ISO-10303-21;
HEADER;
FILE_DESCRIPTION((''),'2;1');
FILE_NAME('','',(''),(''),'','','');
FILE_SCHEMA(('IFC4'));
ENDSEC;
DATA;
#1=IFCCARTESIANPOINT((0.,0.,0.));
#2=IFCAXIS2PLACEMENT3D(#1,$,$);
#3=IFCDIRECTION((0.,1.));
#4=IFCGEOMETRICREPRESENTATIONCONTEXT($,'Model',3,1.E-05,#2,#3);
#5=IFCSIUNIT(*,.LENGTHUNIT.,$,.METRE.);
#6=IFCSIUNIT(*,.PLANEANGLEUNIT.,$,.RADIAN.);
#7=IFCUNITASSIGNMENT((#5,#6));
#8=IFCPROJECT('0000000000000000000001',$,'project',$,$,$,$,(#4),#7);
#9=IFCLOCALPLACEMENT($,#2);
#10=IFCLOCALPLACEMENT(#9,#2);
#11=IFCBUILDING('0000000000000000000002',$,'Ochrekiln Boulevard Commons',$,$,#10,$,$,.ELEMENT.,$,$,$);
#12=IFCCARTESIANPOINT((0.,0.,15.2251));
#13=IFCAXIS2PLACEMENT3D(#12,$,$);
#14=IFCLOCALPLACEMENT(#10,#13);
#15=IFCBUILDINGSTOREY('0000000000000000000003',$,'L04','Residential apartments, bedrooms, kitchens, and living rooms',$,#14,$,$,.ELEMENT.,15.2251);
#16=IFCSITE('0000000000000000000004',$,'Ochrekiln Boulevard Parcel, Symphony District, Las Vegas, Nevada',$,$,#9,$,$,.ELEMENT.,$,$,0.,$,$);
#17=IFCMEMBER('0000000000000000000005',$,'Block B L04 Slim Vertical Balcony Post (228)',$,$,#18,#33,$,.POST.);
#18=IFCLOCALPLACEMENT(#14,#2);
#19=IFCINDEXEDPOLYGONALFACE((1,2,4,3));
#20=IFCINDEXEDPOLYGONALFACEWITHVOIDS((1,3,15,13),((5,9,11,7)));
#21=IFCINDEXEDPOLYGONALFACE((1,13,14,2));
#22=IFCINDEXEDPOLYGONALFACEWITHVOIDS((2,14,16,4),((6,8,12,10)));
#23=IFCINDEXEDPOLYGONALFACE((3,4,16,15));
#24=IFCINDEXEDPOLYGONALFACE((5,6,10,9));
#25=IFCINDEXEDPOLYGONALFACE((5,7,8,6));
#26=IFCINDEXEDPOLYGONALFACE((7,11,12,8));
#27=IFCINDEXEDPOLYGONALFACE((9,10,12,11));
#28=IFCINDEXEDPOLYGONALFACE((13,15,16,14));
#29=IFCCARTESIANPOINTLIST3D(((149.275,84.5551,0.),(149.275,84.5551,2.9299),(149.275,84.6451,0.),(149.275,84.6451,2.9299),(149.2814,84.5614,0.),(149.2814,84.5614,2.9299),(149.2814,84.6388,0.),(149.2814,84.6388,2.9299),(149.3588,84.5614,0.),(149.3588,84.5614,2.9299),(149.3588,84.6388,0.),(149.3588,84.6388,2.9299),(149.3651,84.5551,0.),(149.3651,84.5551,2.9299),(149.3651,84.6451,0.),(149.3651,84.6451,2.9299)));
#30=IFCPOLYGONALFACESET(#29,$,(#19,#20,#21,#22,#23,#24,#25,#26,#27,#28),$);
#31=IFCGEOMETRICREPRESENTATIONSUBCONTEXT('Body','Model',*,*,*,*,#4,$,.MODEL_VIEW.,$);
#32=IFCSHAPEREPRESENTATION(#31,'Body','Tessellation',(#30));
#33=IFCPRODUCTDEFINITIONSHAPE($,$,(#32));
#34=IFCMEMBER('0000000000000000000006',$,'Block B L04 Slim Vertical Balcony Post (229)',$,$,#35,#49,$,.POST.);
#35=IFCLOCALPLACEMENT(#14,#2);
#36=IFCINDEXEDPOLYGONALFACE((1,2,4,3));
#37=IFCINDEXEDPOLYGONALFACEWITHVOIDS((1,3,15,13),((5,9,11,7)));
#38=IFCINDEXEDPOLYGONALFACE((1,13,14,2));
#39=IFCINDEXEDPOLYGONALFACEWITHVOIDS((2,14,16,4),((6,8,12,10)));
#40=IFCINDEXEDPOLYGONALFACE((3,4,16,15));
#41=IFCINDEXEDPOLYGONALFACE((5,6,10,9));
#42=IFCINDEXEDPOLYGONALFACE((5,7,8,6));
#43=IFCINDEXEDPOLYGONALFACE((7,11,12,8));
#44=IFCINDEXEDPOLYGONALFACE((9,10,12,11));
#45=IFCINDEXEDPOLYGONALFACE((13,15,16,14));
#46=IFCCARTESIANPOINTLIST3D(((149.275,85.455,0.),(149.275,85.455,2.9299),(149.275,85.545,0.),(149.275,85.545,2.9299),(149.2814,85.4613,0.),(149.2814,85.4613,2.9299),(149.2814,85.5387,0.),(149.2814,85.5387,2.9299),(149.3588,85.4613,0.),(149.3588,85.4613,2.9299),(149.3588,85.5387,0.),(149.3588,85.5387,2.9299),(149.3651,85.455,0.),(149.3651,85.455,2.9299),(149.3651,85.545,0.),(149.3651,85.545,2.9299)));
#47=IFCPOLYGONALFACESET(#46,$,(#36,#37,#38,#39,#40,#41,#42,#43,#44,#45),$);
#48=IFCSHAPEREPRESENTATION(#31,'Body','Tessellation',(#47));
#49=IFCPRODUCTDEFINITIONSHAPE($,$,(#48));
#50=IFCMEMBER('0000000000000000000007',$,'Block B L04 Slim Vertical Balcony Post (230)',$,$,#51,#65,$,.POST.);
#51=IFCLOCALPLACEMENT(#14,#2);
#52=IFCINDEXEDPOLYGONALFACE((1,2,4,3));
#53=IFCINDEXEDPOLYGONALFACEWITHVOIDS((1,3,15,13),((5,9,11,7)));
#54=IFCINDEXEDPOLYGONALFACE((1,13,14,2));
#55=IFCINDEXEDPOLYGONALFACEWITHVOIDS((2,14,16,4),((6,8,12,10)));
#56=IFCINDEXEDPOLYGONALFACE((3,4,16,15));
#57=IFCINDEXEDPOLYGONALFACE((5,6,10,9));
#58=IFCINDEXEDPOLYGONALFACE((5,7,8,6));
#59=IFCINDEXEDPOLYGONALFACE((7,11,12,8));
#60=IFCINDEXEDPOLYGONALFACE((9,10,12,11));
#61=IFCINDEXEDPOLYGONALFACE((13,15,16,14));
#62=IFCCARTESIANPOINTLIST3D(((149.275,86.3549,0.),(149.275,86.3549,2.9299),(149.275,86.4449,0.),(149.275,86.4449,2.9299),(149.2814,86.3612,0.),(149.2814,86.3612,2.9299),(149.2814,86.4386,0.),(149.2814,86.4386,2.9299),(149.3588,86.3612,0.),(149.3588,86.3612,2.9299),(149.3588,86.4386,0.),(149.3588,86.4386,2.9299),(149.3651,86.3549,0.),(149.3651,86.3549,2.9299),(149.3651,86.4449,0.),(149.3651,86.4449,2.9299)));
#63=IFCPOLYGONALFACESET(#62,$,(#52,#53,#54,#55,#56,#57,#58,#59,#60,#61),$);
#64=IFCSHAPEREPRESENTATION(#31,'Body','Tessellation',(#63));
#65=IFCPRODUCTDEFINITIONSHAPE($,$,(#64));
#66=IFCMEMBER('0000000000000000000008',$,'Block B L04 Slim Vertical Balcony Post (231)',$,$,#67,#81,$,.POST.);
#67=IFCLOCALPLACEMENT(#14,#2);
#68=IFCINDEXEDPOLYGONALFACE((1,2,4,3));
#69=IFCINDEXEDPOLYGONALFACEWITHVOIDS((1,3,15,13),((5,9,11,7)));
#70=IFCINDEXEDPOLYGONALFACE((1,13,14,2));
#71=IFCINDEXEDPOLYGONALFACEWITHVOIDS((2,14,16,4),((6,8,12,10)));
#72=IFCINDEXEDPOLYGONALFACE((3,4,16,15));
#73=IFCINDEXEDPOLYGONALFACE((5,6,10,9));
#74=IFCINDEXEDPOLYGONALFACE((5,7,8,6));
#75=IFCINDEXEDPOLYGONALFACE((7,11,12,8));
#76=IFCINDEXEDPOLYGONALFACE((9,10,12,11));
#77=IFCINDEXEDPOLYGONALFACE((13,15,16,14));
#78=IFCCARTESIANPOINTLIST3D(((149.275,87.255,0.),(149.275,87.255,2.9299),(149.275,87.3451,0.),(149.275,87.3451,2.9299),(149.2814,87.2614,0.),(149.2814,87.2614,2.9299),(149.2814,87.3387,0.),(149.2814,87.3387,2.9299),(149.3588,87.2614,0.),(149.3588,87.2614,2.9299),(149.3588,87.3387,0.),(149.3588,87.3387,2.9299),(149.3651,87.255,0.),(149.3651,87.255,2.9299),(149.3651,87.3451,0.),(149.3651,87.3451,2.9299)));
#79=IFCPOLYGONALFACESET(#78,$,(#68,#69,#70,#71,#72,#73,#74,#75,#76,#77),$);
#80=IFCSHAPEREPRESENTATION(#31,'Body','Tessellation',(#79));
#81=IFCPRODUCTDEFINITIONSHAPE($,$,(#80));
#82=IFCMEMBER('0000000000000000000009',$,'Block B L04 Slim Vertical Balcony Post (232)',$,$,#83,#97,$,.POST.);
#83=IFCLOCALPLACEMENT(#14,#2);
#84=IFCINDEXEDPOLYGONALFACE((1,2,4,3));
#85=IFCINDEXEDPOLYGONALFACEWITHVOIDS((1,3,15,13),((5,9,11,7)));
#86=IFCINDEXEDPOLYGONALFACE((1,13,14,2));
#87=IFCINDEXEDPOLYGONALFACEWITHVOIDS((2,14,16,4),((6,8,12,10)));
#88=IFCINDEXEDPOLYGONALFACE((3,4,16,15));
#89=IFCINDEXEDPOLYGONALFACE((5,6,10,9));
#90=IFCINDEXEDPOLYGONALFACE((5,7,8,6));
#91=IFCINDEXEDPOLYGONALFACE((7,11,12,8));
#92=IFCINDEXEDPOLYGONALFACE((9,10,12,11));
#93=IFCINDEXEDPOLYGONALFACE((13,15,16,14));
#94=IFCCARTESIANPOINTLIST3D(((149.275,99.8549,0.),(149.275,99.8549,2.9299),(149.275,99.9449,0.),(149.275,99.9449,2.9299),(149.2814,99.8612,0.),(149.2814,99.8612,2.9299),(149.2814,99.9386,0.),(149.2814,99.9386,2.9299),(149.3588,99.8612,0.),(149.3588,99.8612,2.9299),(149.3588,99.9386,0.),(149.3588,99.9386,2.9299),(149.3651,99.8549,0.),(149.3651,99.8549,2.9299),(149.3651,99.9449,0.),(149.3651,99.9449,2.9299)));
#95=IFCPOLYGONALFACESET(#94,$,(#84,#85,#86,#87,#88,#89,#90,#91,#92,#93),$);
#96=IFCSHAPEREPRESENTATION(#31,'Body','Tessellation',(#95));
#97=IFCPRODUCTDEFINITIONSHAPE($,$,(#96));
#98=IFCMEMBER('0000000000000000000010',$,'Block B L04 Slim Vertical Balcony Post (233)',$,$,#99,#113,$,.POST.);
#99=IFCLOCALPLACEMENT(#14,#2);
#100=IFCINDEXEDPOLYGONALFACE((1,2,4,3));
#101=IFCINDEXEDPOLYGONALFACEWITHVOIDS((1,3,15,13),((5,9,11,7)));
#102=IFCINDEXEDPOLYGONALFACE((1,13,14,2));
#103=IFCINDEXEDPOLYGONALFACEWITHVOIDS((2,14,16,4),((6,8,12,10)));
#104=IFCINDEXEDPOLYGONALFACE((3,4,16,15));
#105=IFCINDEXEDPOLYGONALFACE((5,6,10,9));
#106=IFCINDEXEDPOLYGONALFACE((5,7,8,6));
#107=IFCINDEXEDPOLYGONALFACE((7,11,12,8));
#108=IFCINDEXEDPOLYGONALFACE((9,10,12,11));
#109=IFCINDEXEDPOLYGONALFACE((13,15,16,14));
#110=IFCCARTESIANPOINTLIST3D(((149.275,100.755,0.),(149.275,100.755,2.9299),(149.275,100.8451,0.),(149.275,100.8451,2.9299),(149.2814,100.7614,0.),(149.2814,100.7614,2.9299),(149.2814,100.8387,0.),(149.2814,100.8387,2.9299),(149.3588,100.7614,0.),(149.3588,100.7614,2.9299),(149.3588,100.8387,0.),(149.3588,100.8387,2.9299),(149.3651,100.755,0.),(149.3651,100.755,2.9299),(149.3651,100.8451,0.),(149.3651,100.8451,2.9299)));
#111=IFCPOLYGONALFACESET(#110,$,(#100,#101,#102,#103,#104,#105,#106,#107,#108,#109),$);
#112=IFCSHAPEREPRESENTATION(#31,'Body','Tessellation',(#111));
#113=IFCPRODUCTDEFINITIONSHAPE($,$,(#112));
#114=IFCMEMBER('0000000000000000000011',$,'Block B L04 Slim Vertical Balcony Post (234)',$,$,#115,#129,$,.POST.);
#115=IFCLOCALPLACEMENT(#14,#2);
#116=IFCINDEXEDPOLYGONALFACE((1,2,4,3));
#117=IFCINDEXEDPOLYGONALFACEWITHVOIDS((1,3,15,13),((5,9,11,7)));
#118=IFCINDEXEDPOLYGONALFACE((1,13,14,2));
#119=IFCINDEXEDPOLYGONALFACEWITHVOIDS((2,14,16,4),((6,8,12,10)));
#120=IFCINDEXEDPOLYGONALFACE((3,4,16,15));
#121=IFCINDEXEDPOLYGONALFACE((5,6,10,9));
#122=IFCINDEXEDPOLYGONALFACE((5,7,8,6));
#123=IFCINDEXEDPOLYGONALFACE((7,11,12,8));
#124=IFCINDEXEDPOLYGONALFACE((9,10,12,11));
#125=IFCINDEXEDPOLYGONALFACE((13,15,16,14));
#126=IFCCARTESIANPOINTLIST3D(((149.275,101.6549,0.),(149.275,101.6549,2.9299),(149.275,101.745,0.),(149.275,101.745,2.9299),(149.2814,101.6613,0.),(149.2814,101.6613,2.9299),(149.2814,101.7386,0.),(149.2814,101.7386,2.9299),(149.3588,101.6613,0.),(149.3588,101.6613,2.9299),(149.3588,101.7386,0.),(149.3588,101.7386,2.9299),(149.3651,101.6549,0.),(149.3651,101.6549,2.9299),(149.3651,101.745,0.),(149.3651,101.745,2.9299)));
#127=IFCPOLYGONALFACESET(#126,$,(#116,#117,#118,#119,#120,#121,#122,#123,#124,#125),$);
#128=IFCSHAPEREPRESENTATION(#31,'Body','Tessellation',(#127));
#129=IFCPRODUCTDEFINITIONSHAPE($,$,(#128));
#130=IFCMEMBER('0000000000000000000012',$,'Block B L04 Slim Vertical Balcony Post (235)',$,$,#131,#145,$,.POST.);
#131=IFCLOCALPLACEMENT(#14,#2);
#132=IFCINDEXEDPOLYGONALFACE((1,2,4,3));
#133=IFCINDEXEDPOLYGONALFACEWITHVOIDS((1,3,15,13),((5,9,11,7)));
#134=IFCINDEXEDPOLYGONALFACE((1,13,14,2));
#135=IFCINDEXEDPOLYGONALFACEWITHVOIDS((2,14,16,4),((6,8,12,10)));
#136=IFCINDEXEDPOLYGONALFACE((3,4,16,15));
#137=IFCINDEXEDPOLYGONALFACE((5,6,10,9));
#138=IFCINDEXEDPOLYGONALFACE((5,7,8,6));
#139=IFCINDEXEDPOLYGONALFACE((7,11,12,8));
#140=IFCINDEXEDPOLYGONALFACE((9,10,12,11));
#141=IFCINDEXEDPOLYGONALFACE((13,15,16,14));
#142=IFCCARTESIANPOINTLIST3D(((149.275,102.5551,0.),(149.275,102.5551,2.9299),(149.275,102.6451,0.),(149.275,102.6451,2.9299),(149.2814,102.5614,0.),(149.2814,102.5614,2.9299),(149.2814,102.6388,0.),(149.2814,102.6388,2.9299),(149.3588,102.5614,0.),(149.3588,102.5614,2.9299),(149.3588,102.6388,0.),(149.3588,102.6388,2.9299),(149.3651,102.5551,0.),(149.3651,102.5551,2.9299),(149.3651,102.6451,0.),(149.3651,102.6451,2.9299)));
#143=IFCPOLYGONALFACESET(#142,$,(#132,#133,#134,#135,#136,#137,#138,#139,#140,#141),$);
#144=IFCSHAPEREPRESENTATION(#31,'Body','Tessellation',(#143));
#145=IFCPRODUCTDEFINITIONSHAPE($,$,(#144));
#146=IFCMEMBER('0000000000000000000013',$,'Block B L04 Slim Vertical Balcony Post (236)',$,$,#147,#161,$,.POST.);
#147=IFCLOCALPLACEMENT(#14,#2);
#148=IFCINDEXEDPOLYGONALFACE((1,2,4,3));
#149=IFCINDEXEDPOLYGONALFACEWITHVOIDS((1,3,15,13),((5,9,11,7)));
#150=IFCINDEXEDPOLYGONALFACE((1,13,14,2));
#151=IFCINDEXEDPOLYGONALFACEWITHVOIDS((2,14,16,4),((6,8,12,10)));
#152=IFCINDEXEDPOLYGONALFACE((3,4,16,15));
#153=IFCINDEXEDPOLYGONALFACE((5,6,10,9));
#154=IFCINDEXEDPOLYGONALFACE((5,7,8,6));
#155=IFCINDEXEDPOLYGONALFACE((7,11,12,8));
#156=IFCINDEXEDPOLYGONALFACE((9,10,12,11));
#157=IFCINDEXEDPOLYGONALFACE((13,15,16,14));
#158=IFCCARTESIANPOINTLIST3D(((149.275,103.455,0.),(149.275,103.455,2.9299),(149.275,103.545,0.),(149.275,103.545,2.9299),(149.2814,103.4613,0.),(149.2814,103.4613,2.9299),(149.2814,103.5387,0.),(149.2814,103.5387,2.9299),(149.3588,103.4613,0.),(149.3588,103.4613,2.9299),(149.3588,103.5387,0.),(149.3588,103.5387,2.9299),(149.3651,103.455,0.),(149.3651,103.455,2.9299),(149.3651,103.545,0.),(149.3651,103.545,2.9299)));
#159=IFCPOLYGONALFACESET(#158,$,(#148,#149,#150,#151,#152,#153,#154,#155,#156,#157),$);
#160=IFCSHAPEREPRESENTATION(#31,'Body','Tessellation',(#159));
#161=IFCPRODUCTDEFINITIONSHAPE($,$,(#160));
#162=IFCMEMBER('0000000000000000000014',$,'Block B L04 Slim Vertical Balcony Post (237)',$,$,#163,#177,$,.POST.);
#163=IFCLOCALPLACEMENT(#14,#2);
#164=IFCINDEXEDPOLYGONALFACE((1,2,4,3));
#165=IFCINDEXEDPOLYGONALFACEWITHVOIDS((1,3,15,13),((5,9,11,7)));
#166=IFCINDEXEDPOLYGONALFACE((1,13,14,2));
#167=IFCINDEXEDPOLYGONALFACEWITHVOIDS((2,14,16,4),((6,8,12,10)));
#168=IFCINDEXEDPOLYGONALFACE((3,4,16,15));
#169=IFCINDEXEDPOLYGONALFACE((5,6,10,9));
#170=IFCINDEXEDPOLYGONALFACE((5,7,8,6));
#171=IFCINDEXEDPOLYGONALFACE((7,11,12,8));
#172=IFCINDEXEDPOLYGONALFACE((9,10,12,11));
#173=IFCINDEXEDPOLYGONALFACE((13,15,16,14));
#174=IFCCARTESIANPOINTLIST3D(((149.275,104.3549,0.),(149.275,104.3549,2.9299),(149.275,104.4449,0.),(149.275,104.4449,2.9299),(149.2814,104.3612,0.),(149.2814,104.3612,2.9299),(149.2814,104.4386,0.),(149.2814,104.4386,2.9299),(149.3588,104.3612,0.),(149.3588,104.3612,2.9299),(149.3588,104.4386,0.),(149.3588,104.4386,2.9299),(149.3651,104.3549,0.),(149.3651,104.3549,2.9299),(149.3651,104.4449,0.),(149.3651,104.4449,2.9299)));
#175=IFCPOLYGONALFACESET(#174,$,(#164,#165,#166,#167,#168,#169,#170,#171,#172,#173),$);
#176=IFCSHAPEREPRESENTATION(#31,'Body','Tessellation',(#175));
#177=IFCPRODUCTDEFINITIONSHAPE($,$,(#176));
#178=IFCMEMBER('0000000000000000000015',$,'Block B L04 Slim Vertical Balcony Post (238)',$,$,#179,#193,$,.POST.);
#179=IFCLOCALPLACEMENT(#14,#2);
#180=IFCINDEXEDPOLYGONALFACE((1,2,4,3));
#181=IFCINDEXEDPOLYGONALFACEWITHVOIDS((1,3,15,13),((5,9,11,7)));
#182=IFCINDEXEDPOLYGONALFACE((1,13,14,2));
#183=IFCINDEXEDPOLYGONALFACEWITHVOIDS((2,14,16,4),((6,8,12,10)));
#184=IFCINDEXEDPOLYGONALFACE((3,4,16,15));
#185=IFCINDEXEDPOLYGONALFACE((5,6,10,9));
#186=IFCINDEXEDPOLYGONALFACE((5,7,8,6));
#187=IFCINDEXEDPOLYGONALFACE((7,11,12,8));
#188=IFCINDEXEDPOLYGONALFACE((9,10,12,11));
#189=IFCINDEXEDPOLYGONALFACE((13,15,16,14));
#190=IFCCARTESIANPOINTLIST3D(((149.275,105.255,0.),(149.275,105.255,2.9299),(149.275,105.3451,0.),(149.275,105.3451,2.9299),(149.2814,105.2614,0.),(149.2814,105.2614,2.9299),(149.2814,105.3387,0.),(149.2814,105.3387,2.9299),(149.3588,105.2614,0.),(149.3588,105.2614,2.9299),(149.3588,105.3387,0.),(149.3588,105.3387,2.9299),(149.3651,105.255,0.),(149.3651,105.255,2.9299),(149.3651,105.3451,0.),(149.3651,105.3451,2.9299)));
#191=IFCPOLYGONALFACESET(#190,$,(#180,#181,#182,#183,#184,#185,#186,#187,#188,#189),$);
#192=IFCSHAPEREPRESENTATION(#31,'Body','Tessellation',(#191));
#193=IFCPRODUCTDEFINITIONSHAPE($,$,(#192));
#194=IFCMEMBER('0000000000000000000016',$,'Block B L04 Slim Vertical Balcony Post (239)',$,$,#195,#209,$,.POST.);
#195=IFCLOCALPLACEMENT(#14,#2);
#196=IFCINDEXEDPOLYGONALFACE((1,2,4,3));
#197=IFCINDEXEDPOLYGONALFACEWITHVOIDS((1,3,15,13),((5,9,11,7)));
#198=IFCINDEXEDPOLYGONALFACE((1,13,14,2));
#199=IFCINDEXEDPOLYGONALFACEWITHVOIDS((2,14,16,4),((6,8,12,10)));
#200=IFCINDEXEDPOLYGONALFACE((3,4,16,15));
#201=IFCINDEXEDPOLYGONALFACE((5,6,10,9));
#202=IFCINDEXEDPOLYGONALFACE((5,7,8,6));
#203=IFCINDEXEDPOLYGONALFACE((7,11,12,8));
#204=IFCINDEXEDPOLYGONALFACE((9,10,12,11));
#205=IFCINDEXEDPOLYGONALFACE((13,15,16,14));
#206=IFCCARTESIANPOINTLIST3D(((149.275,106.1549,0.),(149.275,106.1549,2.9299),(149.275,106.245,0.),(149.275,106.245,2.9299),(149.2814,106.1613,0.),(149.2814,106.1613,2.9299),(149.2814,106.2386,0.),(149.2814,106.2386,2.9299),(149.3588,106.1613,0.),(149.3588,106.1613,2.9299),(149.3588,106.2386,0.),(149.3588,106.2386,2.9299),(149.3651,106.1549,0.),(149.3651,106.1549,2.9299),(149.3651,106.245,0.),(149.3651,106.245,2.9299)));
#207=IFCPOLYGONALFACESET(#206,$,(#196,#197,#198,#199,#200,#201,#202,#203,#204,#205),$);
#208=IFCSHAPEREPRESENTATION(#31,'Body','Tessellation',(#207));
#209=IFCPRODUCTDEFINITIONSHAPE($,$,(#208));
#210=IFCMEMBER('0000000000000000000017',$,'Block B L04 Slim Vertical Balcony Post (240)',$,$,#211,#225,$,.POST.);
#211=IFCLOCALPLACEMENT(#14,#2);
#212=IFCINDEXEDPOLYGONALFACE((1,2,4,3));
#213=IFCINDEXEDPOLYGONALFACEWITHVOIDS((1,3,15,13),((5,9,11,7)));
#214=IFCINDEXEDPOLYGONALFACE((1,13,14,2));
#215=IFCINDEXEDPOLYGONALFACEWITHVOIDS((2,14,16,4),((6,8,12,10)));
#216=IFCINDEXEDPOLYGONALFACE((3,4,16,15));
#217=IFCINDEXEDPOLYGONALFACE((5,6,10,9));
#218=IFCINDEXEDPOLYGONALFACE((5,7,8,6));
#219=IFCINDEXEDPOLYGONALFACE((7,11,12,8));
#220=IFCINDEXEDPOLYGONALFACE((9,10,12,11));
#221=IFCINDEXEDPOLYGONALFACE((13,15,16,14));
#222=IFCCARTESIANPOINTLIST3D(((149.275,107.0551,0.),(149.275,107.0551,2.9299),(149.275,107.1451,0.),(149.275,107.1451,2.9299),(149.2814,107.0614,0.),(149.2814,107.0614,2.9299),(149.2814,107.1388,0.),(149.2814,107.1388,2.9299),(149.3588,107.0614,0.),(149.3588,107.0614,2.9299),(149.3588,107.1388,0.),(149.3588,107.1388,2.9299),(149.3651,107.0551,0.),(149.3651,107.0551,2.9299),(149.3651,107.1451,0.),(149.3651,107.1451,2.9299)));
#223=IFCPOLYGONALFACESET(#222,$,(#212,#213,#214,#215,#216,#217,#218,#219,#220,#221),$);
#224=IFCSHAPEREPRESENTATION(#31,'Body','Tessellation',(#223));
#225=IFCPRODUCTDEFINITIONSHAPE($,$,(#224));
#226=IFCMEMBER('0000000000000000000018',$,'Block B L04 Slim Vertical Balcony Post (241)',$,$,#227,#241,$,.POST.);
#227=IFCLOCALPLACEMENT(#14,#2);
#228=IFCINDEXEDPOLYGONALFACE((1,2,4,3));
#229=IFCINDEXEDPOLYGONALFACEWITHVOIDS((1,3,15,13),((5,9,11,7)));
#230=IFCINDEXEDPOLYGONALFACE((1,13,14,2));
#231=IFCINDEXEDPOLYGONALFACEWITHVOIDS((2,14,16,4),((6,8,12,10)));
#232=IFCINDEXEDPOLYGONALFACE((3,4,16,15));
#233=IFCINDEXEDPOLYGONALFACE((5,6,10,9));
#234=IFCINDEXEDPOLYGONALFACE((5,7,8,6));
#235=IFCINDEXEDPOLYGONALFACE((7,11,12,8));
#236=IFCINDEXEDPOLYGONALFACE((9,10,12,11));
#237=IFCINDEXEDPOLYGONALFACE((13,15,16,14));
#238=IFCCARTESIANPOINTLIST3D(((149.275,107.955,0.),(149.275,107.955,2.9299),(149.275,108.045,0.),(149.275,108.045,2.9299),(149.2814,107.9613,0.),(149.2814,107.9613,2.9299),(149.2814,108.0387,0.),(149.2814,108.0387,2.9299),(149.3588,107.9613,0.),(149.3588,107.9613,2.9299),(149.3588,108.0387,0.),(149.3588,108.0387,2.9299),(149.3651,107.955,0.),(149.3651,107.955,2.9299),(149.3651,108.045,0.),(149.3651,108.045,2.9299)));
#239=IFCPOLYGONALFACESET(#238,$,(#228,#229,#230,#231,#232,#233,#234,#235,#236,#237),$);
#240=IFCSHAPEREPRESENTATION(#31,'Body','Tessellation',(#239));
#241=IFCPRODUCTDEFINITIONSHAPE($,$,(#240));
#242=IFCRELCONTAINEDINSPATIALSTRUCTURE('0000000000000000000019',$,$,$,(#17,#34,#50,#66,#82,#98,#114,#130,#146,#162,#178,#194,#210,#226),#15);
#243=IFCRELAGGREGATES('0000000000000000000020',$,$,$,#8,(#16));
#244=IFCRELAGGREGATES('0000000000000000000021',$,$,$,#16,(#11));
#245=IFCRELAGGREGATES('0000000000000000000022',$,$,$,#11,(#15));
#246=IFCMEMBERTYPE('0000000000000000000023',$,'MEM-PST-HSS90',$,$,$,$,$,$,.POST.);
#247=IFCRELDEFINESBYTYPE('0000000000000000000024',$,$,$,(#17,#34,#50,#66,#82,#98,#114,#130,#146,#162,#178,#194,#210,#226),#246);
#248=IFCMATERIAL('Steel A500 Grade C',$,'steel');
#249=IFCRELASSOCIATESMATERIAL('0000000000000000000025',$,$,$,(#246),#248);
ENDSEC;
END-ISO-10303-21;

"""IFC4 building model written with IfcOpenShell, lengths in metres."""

from ifc_helpers import new_model, si_unit, direction, frame, origin, origin_2d, place, context, subcontext, project, spatial, hollow_rectangle, extrude, material, material_profile, profile_set, type_object, element, save


model = new_model("IFC4")

# Units and contexts
model_context = context("Model", 3, precision=1e-05, world=origin(), true_north=direction((0.0, 1.0)))
body_context = subcontext(model_context, "Body", "Model", "MODEL_VIEW")
ifc_project = project(units=[si_unit("LENGTHUNIT", "METRE"), si_unit("PLANEANGLEUNIT", "RADIAN")], contexts=[model_context])

# Site, building, storey
site_placement = place(None, origin())
site = spatial("IfcSite", under=ifc_project, at=site_placement, Name="Ochrekiln Boulevard Parcel, Symphony District, Las Vegas, Nevada", CompositionType="ELEMENT", RefElevation=0.0)
building_placement = place(site_placement, origin())
building = spatial("IfcBuilding", under=site, at=building_placement, Name="Ochrekiln Boulevard Commons", CompositionType="ELEMENT")
storey_placement = place(building_placement, frame((0.0, 0.0, 15.2251)))
storey = spatial("IfcBuildingStorey", under=building, at=storey_placement, Name="L04", Description="Residential apartments, bedrooms, kitchens, and living rooms", CompositionType="ELEMENT", Elevation=15.2251)

# Members
ifc_material_1 = material(Name="Steel A500 Grade C", Category="steel")
ifc_material_profile_1 = material_profile(ifc_material_1, hollow_rectangle(XDim=0.0901, YDim=0.0901, WallThickness=0.0063, at=origin_2d()), Name="HSS90X90X6.4")
ifc_profile_set_1 = profile_set([ifc_material_profile_1], Name="Steel A500 Grade C")
member_type_1 = type_object("IfcMemberType", Name="MEM-PST-HSS90", PredefinedType="POST", material=ifc_profile_set_1)
for number, where, z_axis, x_axis, name in (
    (1, (149.3201, 84.6001, 0.0), (0.0, 0.0, 1.0), (1.0, 0.0, 0.0), "Block B L04 Slim Vertical Balcony Post (228)"),
    (2, (149.3201, 85.5, 0.0), (0.0, 0.0, 1.0), (1.0, 0.0, 0.0), "Block B L04 Slim Vertical Balcony Post (229)"),
    (3, (149.3201, 86.3999, 0.0), (0.0, 0.0, 1.0), (1.0, 0.0, 0.0), "Block B L04 Slim Vertical Balcony Post (230)"),
    (4, (149.3201, 87.3, 0.0), (0.0, 0.0, 1.0), (1.0, 0.0, 0.0), "Block B L04 Slim Vertical Balcony Post (231)"),
    (5, (149.3201, 99.8999, 0.0), (0.0, 0.0, 1.0), (1.0, 0.0, 0.0), "Block B L04 Slim Vertical Balcony Post (232)"),
    (6, (149.3201, 100.8, 0.0), (0.0, 0.0, 1.0), (1.0, 0.0, 0.0), "Block B L04 Slim Vertical Balcony Post (233)"),
    (7, (149.3201, 101.7, 0.0), (0.0, 0.0, 1.0), (1.0, 0.0, 0.0), "Block B L04 Slim Vertical Balcony Post (234)"),
    (8, (149.3201, 102.6001, 0.0), (0.0, 0.0, 1.0), (1.0, 0.0, 0.0), "Block B L04 Slim Vertical Balcony Post (235)"),
    (9, (149.3201, 103.5, 0.0), (0.0, 0.0, 1.0), (1.0, 0.0, 0.0), "Block B L04 Slim Vertical Balcony Post (236)"),
    (10, (149.3201, 104.3999, 0.0), (0.0, 0.0, 1.0), (1.0, 0.0, 0.0), "Block B L04 Slim Vertical Balcony Post (237)"),
    (11, (149.3201, 105.3, 0.0), (0.0, 0.0, 1.0), (1.0, 0.0, 0.0), "Block B L04 Slim Vertical Balcony Post (238)"),
    (12, (149.3201, 106.2, 0.0), (0.0, 0.0, 1.0), (1.0, 0.0, 0.0), "Block B L04 Slim Vertical Balcony Post (239)"),
    (13, (149.3201, 107.1001, 0.0), (0.0, 0.0, 1.0), (1.0, 0.0, 0.0), "Block B L04 Slim Vertical Balcony Post (240)"),
    (14, (149.3201, 108.0, 0.0), (0.0, 0.0, 1.0), (1.0, 0.0, 0.0), "Block B L04 Slim Vertical Balcony Post (241)"),
):
    element("IfcMember", number, at=place(storey_placement, frame(where, z_axis=z_axis, x_axis=x_axis)), inside=storey, type_object=member_type_1, Name=name, PredefinedType="POST", context=body_context, shape_type="SweptSolid", body=[
        extrude(hollow_rectangle(XDim=0.0901, YDim=0.0901, WallThickness=0.0063, at=origin_2d()), origin(), (0.0, 0.0, 1.0), 2.9299),
    ])

save(model, "model.ifc")
